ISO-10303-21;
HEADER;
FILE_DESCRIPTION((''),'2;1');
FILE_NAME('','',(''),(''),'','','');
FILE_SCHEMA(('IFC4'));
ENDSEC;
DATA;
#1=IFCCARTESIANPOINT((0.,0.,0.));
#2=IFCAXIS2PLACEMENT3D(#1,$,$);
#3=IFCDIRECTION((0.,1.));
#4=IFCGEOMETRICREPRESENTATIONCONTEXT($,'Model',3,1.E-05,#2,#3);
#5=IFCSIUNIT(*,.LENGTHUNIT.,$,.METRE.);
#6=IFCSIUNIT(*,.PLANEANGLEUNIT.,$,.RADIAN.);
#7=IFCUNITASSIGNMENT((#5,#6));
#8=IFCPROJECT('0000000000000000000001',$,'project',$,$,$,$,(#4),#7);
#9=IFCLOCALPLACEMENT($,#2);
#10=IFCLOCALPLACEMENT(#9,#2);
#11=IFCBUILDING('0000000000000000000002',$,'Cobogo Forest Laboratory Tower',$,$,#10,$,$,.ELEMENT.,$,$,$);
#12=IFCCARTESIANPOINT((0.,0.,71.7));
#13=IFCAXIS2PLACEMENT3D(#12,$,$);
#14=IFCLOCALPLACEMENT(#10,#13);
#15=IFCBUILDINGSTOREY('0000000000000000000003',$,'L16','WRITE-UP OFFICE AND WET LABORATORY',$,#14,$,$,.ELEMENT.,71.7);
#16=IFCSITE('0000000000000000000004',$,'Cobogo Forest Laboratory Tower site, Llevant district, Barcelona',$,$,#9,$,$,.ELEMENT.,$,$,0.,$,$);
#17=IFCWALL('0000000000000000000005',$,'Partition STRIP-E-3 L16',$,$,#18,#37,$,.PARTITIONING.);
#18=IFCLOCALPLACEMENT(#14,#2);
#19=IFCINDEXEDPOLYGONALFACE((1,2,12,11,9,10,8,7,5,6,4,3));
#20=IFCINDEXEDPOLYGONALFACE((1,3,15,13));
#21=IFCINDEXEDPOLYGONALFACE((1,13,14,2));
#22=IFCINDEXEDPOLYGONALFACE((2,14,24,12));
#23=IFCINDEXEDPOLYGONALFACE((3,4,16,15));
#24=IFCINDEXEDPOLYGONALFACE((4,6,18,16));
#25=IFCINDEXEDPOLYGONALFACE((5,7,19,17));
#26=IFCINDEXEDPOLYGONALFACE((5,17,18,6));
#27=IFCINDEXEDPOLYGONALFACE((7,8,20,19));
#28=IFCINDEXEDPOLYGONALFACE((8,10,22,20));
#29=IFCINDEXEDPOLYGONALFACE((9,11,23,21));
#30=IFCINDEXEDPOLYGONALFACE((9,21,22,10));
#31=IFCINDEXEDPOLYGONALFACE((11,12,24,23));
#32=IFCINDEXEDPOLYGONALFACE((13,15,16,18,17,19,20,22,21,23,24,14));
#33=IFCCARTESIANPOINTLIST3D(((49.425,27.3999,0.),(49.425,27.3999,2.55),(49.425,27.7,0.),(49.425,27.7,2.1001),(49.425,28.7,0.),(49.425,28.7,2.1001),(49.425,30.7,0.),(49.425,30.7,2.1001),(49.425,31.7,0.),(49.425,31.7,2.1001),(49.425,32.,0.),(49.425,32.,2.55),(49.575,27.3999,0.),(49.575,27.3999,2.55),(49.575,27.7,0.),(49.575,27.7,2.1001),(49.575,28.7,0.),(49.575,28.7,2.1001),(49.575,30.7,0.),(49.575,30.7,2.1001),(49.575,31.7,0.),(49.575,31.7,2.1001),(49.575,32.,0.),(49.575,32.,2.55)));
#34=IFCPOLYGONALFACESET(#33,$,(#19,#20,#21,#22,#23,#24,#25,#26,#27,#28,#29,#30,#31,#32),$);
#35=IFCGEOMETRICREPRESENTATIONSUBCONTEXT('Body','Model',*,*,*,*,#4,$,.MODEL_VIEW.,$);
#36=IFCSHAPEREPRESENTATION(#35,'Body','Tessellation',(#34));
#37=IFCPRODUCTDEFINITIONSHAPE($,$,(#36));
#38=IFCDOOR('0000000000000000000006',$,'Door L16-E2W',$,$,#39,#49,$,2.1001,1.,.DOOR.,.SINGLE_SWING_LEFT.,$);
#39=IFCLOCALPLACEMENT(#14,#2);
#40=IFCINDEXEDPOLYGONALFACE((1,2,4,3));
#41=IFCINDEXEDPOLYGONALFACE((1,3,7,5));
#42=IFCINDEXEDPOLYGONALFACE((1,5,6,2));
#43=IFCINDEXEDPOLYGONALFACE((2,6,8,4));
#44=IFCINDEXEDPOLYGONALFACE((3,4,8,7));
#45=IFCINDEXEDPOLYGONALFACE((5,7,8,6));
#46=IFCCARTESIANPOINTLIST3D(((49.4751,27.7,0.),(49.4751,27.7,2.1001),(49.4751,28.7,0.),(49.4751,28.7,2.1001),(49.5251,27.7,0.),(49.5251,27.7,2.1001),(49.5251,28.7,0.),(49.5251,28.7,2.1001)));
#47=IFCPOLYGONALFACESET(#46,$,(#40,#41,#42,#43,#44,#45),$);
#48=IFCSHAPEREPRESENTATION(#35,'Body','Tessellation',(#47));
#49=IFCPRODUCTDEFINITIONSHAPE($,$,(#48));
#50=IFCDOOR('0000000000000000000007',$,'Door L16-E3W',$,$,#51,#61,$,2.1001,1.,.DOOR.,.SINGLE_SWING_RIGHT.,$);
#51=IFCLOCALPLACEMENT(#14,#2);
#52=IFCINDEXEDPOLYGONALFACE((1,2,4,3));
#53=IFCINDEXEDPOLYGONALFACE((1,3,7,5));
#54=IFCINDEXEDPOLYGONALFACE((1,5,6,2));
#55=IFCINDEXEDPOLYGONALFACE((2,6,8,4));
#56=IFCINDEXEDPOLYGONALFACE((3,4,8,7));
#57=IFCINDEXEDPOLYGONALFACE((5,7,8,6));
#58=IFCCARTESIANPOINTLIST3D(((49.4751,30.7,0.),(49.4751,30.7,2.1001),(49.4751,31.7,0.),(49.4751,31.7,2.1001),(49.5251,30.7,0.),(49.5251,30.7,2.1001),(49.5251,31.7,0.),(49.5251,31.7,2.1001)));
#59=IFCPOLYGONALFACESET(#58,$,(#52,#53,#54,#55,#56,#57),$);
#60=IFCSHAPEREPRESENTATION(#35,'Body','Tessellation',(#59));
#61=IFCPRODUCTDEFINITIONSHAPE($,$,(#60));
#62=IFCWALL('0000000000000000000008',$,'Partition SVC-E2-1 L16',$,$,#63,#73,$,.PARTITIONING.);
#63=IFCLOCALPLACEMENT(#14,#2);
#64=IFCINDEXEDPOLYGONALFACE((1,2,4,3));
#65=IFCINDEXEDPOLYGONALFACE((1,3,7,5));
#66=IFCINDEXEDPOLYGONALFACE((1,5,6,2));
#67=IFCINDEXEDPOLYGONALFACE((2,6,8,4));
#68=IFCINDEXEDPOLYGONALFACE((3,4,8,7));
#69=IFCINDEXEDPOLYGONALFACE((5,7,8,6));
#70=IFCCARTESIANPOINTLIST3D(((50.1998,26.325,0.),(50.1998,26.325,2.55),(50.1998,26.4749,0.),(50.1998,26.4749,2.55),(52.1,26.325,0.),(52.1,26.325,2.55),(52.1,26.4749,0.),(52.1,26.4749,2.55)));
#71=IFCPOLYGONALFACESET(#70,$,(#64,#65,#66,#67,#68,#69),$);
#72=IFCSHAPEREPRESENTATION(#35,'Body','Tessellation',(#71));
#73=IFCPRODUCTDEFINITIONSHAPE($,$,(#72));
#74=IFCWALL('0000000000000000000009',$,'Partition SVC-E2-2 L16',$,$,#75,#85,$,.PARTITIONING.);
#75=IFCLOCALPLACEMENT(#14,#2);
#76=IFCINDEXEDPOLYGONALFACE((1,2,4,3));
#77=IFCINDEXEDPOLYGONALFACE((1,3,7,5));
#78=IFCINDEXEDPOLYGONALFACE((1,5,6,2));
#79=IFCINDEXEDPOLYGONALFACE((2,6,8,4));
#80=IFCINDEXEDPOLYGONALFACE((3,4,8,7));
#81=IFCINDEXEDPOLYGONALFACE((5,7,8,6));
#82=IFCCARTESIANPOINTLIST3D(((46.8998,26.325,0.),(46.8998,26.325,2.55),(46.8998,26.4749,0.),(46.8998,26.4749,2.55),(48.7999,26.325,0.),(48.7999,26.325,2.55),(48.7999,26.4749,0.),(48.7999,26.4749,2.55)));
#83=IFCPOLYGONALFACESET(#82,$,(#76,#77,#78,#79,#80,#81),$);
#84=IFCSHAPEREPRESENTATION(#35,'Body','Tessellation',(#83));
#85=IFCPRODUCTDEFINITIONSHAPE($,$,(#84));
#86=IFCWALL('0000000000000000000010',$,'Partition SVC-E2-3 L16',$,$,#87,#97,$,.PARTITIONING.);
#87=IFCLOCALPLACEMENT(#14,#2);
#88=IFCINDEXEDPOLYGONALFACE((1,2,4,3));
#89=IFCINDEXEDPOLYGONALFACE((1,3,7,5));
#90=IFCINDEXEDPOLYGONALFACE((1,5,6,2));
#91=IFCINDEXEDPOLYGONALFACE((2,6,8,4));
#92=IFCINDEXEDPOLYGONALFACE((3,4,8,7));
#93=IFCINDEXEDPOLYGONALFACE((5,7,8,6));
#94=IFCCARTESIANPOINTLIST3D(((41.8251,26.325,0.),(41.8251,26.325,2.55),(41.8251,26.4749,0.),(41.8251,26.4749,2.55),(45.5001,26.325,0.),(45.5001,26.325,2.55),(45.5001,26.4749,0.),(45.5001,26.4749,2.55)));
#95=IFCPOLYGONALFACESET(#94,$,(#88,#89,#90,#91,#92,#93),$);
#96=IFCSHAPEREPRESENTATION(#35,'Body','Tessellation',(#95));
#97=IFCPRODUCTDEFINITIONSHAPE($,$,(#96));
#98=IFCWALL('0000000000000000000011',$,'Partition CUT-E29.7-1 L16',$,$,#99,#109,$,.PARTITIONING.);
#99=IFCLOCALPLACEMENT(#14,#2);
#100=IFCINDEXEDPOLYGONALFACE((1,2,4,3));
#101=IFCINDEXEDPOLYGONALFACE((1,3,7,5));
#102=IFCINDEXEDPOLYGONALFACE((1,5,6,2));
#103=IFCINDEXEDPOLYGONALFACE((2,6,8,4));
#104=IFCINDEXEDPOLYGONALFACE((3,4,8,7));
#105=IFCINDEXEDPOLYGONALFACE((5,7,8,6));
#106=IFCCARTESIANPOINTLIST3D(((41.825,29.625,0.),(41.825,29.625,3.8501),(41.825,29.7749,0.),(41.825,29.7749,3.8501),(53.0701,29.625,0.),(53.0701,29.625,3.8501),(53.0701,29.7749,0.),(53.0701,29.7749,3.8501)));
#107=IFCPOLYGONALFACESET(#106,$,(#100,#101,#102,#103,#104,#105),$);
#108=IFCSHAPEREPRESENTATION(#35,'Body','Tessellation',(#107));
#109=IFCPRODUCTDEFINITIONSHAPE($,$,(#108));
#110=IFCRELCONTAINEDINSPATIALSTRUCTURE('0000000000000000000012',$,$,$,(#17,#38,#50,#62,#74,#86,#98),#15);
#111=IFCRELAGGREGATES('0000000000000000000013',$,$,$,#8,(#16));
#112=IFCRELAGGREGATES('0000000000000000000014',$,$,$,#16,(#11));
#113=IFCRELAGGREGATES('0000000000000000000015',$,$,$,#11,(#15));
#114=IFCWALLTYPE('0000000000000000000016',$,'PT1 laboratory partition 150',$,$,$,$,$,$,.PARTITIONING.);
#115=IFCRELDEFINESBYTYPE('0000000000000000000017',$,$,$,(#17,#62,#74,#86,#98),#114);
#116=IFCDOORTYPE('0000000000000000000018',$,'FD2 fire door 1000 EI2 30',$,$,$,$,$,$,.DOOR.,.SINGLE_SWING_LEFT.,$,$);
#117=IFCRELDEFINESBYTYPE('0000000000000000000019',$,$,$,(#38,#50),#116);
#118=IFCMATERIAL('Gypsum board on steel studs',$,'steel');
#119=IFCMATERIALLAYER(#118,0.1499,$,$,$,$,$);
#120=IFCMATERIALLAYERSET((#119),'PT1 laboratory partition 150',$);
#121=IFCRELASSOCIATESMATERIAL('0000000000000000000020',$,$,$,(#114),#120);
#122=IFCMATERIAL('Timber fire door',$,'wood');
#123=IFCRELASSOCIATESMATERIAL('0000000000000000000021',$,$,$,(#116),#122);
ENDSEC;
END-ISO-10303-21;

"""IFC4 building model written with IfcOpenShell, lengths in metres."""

from ifc_helpers import new_model, si_unit, direction, frame, frame_2d, origin, place, context, subcontext, project, spatial, rectangle, extrude, material, layer, layer_set, type_object, element, fill, save


model = new_model("IFC4")

# Units and contexts
model_context = context("Model", 3, precision=1e-05, world=origin(), true_north=direction((0.0, 1.0)))
body_context = subcontext(model_context, "Body", "Model", "MODEL_VIEW")
ifc_project = project(units=[si_unit("LENGTHUNIT", "METRE"), si_unit("PLANEANGLEUNIT", "RADIAN")], contexts=[model_context])

# Site, building, storey
site_placement = place(None, origin())
site = spatial("IfcSite", under=ifc_project, at=site_placement, Name="Cobogo Forest Laboratory Tower site, Llevant district, Barcelona", CompositionType="ELEMENT", RefElevation=0.0)
building_placement = place(site_placement, origin())
building = spatial("IfcBuilding", under=site, at=building_placement, Name="Cobogo Forest Laboratory Tower", CompositionType="ELEMENT")
storey_placement = place(building_placement, frame((0.0, 0.0, 71.7)))
storey = spatial("IfcBuildingStorey", under=building, at=storey_placement, Name="L16", Description="WRITE-UP OFFICE AND WET LABORATORY", CompositionType="ELEMENT", Elevation=71.7)

# Wall, openings, doors
ifc_material_1 = material(Name="Gypsum board on steel studs", Category="steel")
ifc_layer_1 = layer(ifc_material_1, 0.1499)
ifc_layer_set_1 = layer_set([ifc_layer_1], Name="PT1 laboratory partition 150")
wall_type = type_object("IfcWallType", Name="PT1 laboratory partition 150", PredefinedType="PARTITIONING", material=ifc_layer_set_1)
wall_1_placement = place(storey_placement, frame((49.5, 27.3999, 0.0), z_axis=(0.0, 0.0, 1.0), x_axis=(0.0, 1.0, 0.0)))
wall_1 = element("IfcWall", 1, at=wall_1_placement, inside=storey, type_object=wall_type, Name="Partition STRIP-E-3 L16", PredefinedType="PARTITIONING", context=body_context, shape_type="SweptSolid", body=[
    extrude(rectangle(XDim=4.6001, YDim=0.1499, at=frame_2d((2.3, 0.0))), origin(), (0.0, 0.0, 1.0), 2.55),
])
opening_1_placement = place(wall_1_placement, frame((0.3, 0.0, 0.0)))
opening_1 = element("IfcOpeningElement", 2, at=opening_1_placement, cuts=wall_1, PredefinedType="OPENING", context=body_context, shape_type="SweptSolid", body=[
    extrude(rectangle(XDim=1.0, YDim=2.1001, at=frame_2d((0.5, 1.05))), frame((0.0, 0.085, 0.0), z_axis=(0.0, -1.0, 0.0), x_axis=(1.0, 0.0, 0.0)), (0.0, 0.0, 1.0), 0.1699),
])
opening_2_placement = place(wall_1_placement, frame((3.3, 0.0, 0.0)))
opening_2 = element("IfcOpeningElement", 3, at=opening_2_placement, cuts=wall_1, PredefinedType="OPENING", context=body_context, shape_type="SweptSolid", body=[
    extrude(rectangle(XDim=1.0, YDim=2.1001, at=frame_2d((0.5, 1.05))), frame((0.0, 0.085, 0.0), z_axis=(0.0, -1.0, 0.0), x_axis=(1.0, 0.0, 0.0)), (0.0, 0.0, 1.0), 0.1699),
])
ifc_material_2 = material(Name="Timber fire door", Category="wood")
door_type = type_object("IfcDoorType", Name="FD2 fire door 1000 EI2 30", OperationType="SINGLE_SWING_LEFT", PredefinedType="DOOR", material=ifc_material_2)
door_1_placement = place(opening_1_placement, origin())
door_1 = element("IfcDoor", 4, at=door_1_placement, inside=storey, type_object=door_type, Name="Door L16-E2W", OperationType="SINGLE_SWING_LEFT", OverallHeight=2.1001, OverallWidth=1.0, PredefinedType="DOOR", context=body_context, shape_type="SweptSolid", body=[
    extrude(rectangle(XDim=1.0, YDim=2.1001, at=frame_2d((0.5, 1.05))), frame((0.0, 0.0249, 0.0), z_axis=(0.0, -1.0, 0.0), x_axis=(1.0, 0.0, 0.0)), (0.0, 0.0, 1.0), 0.05),
])
fill(opening_1, door_1)
door_2_placement = place(opening_2_placement, origin())
door_2 = element("IfcDoor", 5, at=door_2_placement, inside=storey, type_object=door_type, Name="Door L16-E3W", OperationType="SINGLE_SWING_RIGHT", OverallHeight=2.1001, OverallWidth=1.0, PredefinedType="DOOR", context=body_context, shape_type="SweptSolid", body=[
    extrude(rectangle(XDim=1.0, YDim=2.1001, at=frame_2d((0.5, 1.05))), frame((0.0, 0.0249, 0.0), z_axis=(0.0, -1.0, 0.0), x_axis=(1.0, 0.0, 0.0)), (0.0, 0.0, 1.0), 0.05),
])
fill(opening_2, door_2)

# Walls
for number, where, z_axis, x_axis, name in (
    (6, (52.1001, 26.3999, 0.0), (0.0, 0.0, 1.0), (-1.0, 0.0, 0.0), "Partition SVC-E2-1 L16"),
    (7, (48.8, 26.3999, 0.0), (0.0, 0.0, 1.0), (-1.0, 0.0, 0.0), "Partition SVC-E2-2 L16"),
):
    element("IfcWall", number, at=place(storey_placement, frame(where, z_axis=z_axis, x_axis=x_axis)), inside=storey, type_object=wall_type, Name=name, PredefinedType="PARTITIONING", context=body_context, shape_type="SweptSolid", body=[
        extrude(rectangle(XDim=1.9001, YDim=0.1499, at=frame_2d((0.9502, 0.0))), origin(), (0.0, 0.0, 1.0), 2.55),
    ])
wall_2_placement = place(storey_placement, frame((45.5, 26.3999, 0.0), z_axis=(0.0, 0.0, 1.0), x_axis=(-1.0, 0.0, 0.0)))
element("IfcWall", 8, at=wall_2_placement, inside=storey, type_object=wall_type, Name="Partition SVC-E2-3 L16", PredefinedType="PARTITIONING", context=body_context, shape_type="SweptSolid", body=[
    extrude(rectangle(XDim=3.675, YDim=0.1499, at=frame_2d((1.8374, 0.0))), origin(), (0.0, 0.0, 1.0), 2.55),
])
wall_3_placement = place(storey_placement, frame((53.0701, 29.7, 0.0), z_axis=(0.0, 0.0, 1.0), x_axis=(-1.0, 0.0, 0.0)))
element("IfcWall", 9, at=wall_3_placement, inside=storey, type_object=wall_type, Name="Partition CUT-E29.7-1 L16", PredefinedType="PARTITIONING", context=body_context, shape_type="SweptSolid", body=[
    extrude(rectangle(XDim=11.2451, YDim=0.1499, at=frame_2d((5.6226, 0.0))), origin(), (0.0, 0.0, 1.0), 3.8501),
])

save(model, "model.ifc")
